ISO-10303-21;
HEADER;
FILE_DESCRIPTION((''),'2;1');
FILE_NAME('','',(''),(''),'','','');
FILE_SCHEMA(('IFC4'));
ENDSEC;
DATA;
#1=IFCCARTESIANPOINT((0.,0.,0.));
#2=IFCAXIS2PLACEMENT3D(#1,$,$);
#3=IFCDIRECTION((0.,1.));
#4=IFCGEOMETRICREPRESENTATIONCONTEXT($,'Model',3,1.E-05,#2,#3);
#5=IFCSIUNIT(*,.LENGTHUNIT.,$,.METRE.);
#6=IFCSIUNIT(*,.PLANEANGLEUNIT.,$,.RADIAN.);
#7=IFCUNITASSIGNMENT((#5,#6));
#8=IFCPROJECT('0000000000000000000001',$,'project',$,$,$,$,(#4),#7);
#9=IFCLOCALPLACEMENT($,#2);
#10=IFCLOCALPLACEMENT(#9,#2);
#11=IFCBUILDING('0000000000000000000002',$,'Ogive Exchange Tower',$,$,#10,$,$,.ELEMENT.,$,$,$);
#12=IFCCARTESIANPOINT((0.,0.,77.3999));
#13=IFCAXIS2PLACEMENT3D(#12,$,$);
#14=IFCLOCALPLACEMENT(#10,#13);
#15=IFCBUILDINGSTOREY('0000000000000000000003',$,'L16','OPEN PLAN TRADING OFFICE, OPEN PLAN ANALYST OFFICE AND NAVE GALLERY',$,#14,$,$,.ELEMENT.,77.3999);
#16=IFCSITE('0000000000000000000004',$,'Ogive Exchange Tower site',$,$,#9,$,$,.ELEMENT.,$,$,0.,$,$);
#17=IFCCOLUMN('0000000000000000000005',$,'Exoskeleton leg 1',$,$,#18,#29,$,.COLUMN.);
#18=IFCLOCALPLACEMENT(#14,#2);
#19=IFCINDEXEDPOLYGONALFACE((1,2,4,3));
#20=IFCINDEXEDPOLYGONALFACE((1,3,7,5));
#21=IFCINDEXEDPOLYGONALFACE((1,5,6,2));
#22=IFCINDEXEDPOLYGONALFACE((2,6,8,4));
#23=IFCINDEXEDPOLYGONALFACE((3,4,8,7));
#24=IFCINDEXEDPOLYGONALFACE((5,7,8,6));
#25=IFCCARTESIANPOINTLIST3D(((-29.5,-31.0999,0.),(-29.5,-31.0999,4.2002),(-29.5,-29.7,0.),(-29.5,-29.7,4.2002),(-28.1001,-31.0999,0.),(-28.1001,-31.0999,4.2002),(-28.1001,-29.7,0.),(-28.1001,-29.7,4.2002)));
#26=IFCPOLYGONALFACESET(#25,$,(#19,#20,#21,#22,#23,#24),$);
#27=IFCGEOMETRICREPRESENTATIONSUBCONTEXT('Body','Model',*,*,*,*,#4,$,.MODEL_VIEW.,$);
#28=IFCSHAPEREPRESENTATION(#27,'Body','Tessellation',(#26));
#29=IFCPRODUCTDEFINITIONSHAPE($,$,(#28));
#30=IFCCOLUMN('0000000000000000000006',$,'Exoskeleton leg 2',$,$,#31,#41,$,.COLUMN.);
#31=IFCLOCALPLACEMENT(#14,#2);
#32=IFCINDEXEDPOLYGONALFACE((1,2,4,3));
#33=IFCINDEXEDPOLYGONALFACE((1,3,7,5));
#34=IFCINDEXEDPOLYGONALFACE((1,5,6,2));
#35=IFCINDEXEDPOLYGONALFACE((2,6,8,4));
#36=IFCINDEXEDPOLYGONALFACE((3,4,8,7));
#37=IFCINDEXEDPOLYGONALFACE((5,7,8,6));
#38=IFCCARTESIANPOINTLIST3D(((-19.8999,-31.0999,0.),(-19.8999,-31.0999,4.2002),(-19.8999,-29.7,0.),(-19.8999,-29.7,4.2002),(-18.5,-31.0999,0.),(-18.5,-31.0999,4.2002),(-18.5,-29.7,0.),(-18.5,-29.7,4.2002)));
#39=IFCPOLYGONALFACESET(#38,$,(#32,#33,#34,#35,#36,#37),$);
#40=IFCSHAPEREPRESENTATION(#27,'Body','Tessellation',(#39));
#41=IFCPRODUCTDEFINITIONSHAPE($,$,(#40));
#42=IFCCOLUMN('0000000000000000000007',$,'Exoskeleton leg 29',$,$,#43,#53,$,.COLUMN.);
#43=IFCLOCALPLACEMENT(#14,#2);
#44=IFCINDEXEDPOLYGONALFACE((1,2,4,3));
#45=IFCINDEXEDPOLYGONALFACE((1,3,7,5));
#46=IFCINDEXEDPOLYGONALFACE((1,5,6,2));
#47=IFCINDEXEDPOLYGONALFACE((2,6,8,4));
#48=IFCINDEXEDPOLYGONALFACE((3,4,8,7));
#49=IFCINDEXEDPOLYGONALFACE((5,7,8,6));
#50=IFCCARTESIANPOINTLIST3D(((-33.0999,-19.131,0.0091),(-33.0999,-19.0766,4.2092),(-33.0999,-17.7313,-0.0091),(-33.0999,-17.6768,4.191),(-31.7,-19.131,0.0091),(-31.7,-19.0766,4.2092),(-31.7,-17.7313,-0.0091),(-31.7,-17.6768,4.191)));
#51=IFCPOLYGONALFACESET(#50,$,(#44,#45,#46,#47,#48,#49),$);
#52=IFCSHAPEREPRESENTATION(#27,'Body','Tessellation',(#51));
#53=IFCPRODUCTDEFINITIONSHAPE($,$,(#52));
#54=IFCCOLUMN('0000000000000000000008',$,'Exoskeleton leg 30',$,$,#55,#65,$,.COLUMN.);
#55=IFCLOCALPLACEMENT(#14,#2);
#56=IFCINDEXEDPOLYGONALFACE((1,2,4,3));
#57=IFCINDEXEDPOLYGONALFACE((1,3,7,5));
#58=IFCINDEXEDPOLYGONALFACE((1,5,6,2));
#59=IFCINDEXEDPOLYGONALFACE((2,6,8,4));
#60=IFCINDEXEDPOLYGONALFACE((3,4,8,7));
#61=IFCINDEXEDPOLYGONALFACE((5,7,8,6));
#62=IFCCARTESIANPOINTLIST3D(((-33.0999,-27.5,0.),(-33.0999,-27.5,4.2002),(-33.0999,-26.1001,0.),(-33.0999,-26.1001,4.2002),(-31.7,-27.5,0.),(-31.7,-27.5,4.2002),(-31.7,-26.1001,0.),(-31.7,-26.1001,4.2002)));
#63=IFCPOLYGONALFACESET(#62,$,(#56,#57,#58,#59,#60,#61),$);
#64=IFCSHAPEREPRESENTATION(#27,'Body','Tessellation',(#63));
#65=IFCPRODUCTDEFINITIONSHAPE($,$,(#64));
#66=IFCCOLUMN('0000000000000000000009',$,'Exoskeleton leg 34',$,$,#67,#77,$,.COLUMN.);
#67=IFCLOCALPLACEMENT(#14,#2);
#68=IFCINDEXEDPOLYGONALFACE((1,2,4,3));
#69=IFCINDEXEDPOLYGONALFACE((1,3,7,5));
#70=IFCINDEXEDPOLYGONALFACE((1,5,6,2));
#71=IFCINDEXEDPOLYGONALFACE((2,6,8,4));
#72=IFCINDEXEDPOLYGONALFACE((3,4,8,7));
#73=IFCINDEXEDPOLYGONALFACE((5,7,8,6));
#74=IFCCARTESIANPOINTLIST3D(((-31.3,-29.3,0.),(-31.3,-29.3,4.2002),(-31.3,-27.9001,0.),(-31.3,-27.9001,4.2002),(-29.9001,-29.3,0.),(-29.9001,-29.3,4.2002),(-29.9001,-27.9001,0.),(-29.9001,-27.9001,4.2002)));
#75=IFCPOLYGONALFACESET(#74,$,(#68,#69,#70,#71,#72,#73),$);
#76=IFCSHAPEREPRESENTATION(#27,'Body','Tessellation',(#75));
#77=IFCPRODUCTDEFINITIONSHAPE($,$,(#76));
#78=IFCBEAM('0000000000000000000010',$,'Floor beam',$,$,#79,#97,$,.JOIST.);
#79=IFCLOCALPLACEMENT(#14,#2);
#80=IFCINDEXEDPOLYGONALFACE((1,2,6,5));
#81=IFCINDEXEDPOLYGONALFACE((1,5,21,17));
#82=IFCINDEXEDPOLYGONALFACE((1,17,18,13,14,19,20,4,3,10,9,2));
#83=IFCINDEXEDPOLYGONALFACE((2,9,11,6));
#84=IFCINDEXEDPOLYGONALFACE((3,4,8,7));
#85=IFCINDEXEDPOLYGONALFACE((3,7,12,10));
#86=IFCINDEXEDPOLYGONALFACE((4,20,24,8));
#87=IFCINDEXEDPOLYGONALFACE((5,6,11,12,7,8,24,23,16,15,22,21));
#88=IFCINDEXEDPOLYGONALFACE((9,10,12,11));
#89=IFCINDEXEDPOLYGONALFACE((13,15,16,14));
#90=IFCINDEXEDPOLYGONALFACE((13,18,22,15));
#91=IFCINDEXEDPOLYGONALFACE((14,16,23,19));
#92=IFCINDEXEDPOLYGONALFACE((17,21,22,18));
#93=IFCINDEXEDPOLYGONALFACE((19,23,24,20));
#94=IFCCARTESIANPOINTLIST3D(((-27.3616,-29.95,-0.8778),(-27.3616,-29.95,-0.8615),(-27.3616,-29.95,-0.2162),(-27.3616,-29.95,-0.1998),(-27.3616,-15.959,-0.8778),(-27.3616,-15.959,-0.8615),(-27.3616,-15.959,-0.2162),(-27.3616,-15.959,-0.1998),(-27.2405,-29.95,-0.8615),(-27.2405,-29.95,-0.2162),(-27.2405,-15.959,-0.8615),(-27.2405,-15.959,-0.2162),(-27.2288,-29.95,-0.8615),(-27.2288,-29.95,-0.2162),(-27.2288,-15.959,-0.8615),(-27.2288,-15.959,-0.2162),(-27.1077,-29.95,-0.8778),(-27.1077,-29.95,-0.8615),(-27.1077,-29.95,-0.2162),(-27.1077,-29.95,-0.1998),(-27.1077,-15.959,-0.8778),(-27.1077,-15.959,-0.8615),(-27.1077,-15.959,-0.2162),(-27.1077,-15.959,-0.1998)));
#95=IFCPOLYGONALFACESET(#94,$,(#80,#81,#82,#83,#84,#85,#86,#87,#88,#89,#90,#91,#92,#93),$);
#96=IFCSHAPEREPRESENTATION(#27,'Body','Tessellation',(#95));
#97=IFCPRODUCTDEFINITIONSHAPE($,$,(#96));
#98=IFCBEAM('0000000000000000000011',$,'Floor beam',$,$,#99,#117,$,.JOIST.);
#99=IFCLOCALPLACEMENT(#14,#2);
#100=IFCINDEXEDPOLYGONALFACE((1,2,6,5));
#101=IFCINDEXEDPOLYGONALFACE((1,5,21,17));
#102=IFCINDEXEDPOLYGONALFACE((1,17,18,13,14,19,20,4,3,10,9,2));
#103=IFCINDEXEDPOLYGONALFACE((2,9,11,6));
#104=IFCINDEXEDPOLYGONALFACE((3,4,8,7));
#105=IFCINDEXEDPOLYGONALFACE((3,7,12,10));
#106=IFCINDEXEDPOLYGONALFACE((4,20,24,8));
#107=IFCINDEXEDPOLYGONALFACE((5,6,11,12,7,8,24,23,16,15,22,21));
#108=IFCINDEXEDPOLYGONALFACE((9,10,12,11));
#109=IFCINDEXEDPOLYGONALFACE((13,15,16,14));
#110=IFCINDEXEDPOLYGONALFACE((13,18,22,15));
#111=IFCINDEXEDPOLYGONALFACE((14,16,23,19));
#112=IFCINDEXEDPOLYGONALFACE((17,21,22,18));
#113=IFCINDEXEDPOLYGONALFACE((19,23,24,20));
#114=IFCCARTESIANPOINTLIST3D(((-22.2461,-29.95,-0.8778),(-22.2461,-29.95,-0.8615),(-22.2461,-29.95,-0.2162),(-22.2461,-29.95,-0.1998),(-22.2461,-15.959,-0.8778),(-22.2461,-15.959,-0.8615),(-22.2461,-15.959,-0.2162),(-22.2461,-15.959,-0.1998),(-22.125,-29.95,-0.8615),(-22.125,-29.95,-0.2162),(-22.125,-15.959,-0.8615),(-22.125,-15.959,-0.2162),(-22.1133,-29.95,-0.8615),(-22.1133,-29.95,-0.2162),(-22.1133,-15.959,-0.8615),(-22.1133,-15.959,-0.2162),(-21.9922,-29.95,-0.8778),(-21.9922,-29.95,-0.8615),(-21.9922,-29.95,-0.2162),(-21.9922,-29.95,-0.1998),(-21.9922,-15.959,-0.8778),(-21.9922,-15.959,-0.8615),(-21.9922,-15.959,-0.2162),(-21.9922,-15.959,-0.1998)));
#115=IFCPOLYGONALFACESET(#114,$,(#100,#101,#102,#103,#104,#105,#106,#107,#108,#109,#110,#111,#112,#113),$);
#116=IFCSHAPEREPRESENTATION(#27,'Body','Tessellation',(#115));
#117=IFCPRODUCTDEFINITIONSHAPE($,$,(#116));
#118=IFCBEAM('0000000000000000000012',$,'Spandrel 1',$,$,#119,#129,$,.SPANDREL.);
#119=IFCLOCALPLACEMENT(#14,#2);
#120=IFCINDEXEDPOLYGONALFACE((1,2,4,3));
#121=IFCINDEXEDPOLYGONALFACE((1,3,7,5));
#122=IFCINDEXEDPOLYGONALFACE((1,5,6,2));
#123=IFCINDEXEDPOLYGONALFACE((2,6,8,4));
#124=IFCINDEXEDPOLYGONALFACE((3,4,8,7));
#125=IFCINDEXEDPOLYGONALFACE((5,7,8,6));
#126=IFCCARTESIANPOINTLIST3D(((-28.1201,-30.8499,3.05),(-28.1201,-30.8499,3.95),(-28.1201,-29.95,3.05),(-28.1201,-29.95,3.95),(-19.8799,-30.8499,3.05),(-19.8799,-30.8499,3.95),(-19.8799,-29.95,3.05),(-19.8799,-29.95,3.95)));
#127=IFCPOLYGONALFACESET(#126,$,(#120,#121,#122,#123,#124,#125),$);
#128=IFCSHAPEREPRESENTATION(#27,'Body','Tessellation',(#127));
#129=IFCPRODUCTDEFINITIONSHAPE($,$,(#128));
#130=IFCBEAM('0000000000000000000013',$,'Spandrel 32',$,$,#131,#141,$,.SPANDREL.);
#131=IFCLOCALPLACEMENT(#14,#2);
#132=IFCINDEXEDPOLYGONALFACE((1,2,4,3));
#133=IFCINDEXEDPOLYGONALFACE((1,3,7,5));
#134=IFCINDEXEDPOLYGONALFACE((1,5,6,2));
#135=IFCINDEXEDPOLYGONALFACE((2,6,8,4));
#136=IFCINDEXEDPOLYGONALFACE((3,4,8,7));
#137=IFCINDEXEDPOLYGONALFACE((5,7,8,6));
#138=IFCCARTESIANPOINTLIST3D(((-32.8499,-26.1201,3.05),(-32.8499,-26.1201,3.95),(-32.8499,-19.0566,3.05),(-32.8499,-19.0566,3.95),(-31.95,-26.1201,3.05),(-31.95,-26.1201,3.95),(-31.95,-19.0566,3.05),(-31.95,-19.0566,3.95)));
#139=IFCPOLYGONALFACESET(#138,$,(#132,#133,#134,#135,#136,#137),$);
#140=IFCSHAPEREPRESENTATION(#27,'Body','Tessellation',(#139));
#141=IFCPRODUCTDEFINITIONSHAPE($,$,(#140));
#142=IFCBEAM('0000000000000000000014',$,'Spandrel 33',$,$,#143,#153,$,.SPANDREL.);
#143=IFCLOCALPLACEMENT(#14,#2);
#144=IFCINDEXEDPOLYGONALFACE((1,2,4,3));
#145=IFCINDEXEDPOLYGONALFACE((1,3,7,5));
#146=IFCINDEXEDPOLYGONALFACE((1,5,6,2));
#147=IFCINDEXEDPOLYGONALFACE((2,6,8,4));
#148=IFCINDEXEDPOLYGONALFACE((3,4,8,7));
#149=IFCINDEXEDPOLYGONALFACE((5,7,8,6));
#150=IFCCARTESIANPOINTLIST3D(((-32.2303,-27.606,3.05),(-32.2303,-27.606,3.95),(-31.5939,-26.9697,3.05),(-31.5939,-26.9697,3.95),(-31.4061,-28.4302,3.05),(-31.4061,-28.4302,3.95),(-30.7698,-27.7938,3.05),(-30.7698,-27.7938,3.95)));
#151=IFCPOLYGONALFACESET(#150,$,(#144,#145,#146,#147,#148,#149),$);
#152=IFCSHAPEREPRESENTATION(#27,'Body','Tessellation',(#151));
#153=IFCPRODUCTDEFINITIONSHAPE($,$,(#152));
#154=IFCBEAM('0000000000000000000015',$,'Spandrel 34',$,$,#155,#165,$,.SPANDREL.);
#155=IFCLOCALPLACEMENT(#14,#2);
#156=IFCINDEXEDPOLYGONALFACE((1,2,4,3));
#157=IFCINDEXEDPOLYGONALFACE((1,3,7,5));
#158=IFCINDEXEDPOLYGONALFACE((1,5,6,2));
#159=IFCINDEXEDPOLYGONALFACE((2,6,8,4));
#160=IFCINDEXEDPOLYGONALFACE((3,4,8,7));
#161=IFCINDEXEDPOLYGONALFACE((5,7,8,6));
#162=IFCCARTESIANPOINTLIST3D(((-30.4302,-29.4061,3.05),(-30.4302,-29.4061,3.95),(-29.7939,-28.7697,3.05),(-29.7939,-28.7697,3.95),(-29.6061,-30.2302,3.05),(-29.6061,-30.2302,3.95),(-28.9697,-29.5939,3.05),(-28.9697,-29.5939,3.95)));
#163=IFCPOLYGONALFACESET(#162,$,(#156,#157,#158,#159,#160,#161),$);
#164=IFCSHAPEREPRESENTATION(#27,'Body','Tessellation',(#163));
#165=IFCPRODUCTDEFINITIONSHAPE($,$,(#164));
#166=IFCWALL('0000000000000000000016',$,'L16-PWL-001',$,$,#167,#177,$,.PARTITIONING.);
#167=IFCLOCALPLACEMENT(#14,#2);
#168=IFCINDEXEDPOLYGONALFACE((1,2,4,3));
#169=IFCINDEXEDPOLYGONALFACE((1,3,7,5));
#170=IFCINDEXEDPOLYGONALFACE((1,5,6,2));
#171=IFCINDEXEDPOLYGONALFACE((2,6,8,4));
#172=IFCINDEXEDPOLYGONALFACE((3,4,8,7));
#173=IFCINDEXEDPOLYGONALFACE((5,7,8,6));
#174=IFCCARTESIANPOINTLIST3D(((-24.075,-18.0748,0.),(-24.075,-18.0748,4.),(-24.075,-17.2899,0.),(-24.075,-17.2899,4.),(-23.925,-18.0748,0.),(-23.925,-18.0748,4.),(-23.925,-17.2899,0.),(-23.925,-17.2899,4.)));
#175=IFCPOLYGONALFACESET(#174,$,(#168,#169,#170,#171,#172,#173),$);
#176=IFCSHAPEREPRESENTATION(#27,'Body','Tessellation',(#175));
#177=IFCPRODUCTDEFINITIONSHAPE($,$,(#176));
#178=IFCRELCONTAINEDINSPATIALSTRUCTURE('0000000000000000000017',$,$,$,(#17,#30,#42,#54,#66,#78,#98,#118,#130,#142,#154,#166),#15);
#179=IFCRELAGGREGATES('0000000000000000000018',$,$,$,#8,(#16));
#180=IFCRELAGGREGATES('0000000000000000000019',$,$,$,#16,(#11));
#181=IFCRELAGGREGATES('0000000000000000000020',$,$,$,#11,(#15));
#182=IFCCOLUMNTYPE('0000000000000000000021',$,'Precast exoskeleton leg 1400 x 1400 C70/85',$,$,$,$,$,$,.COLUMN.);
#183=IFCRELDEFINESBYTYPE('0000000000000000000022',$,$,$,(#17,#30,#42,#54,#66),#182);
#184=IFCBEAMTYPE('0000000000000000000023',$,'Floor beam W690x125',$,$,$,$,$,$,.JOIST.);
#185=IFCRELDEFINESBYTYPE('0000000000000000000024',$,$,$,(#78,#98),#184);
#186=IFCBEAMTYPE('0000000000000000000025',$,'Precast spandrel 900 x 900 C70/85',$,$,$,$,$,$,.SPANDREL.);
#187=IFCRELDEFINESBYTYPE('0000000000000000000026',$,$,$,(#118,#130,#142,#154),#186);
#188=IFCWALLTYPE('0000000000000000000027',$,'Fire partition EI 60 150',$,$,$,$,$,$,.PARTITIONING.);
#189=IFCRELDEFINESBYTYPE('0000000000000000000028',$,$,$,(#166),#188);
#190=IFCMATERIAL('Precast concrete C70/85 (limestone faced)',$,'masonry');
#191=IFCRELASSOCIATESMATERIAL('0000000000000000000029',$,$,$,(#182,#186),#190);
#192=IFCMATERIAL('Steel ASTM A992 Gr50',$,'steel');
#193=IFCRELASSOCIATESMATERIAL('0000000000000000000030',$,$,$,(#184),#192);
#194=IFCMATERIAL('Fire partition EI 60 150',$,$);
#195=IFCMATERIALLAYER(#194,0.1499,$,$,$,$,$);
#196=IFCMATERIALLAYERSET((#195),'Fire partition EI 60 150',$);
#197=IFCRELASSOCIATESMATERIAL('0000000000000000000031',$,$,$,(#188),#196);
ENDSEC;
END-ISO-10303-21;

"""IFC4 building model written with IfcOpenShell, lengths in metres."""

from ifc_helpers import new_model, si_unit, direction, frame, frame_2d, origin, origin_2d, place, context, subcontext, project, spatial, rectangle, i_section, extrude, material, layer, layer_set, material_profile, profile_set, type_object, element, save


model = new_model("IFC4")

# Units and contexts
model_context = context("Model", 3, precision=1e-05, world=origin(), true_north=direction((0.0, 1.0)))
body_context = subcontext(model_context, "Body", "Model", "MODEL_VIEW")
ifc_project = project(units=[si_unit("LENGTHUNIT", "METRE"), si_unit("PLANEANGLEUNIT", "RADIAN")], contexts=[model_context])

# Site, building, storey
site_placement = place(None, origin())
site = spatial("IfcSite", under=ifc_project, at=site_placement, Name="Ogive Exchange Tower site", CompositionType="ELEMENT", RefElevation=0.0)
building_placement = place(site_placement, origin())
building = spatial("IfcBuilding", under=site, at=building_placement, Name="Ogive Exchange Tower", CompositionType="ELEMENT")
storey_placement = place(building_placement, frame((0.0, 0.0, 77.3999)))
storey = spatial("IfcBuildingStorey", under=building, at=storey_placement, Name="L16", Description="OPEN PLAN TRADING OFFICE, OPEN PLAN ANALYST OFFICE AND NAVE GALLERY", CompositionType="ELEMENT", Elevation=77.3999)

# Columns
ifc_material_1 = material(Name="Precast concrete C70/85 (limestone faced)", Category="masonry")
ifc_material_profile_1 = material_profile(ifc_material_1, rectangle(XDim=1.3999, YDim=1.3999, at=origin_2d()), Name="1400 x 1400")
ifc_profile_set_1 = profile_set([ifc_material_profile_1], Name="Precast concrete C70/85 (limestone faced)")
column_type = type_object("IfcColumnType", Name="Precast exoskeleton leg 1400 x 1400 C70/85", PredefinedType="COLUMN", material=ifc_profile_set_1)
for number, where, z_axis, x_axis, name in (
    (1, (-28.8, -30.3999, 0.0), (0.0, 0.0, 1.0), (1.0, 0.0, 0.0), "Exoskeleton leg 1"),
    (2, (-19.2, -30.3999, 0.0), (0.0, 0.0, 1.0), (1.0, 0.0, 0.0), "Exoskeleton leg 2"),
):
    element("IfcColumn", number, at=place(storey_placement, frame(where, z_axis=z_axis, x_axis=x_axis)), inside=storey, type_object=column_type, Name=name, PredefinedType="COLUMN", context=body_context, shape_type="SweptSolid", body=[
        extrude(rectangle(XDim=1.3999, YDim=1.3999, at=origin_2d()), origin(), (0.0, 0.0, 1.0), 4.2002),
    ])
column_placement = place(storey_placement, frame((-32.3999, -18.4312, 0.0), z_axis=(0.0, 0.012961, 0.999916), x_axis=(-1.0, 0.0, 0.0)))
element("IfcColumn", 3, at=column_placement, inside=storey, type_object=column_type, Name="Exoskeleton leg 29", PredefinedType="COLUMN", context=body_context, shape_type="SweptSolid", body=[
    extrude(rectangle(XDim=1.3999, YDim=1.3999, at=origin_2d()), origin(), (0.0, 0.0, 1.0), 4.2004),
])
for number, where, z_axis, x_axis, name in (
    (4, (-32.3999, -26.8, 0.0), (0.0, 0.0, 1.0), (1.0, 0.0, 0.0), "Exoskeleton leg 30"),
    (5, (-30.6001, -28.6001, 0.0), (0.0, 0.0, 1.0), (1.0, 0.0, 0.0), "Exoskeleton leg 34"),
):
    element("IfcColumn", number, at=place(storey_placement, frame(where, z_axis=z_axis, x_axis=x_axis)), inside=storey, type_object=column_type, Name=name, PredefinedType="COLUMN", context=body_context, shape_type="SweptSolid", body=[
        extrude(rectangle(XDim=1.3999, YDim=1.3999, at=origin_2d()), origin(), (0.0, 0.0, 1.0), 4.2002),
    ])

# Beams
ifc_material_2 = material(Name="Steel ASTM A992 Gr50", Category="steel")
ifc_material_profile_2 = material_profile(ifc_material_2, i_section(OverallWidth=0.2539, OverallDepth=0.678, WebThickness=0.0117, FlangeThickness=0.0164, at=origin_2d()), Name="W690x125")
ifc_profile_set_2 = profile_set([ifc_material_profile_2], Name="Steel ASTM A992 Gr50")
beam_type_1 = type_object("IfcBeamType", Name="Floor beam W690x125", PredefinedType="JOIST", material=ifc_profile_set_2)
for number, where, z_axis, x_axis, name in (
    (6, (-27.2346, -29.95, -0.5388), (0.0, 1.0, 0.0), (-1.0, 0.0, 0.0), "Floor beam"),
    (7, (-22.1191, -29.95, -0.5388), (0.0, 1.0, 0.0), (-1.0, 0.0, 0.0), "Floor beam"),
):
    element("IfcBeam", number, at=place(storey_placement, frame(where, z_axis=z_axis, x_axis=x_axis)), inside=storey, type_object=beam_type_1, Name=name, PredefinedType="JOIST", context=body_context, shape_type="SweptSolid", body=[
        extrude(i_section(OverallWidth=0.2539, OverallDepth=0.678, WebThickness=0.0117, FlangeThickness=0.0164, at=origin_2d()), origin(), (0.0, 0.0, 1.0), 13.991),
    ])
ifc_material_profile_3 = material_profile(ifc_material_1, rectangle(XDim=0.8999, YDim=0.8999, at=origin_2d()), Name="900 x 900")
ifc_profile_set_3 = profile_set([ifc_material_profile_3], Name="Precast concrete C70/85 (limestone faced)")
beam_type_2 = type_object("IfcBeamType", Name="Precast spandrel 900 x 900 C70/85", PredefinedType="SPANDREL", material=ifc_profile_set_3)
beam_1_placement = place(storey_placement, frame((-28.1201, -30.3999, 3.5), z_axis=(1.0, 0.0, 0.0), x_axis=(0.0, 1.0, 0.0)))
element("IfcBeam", 8, at=beam_1_placement, inside=storey, type_object=beam_type_2, Name="Spandrel 1", PredefinedType="SPANDREL", context=body_context, shape_type="SweptSolid", body=[
    extrude(rectangle(XDim=0.8999, YDim=0.8999, at=origin_2d()), origin(), (0.0, 0.0, 1.0), 8.2402),
])
beam_2_placement = place(storey_placement, frame((-32.3999, -19.0566, 3.5), z_axis=(0.0, -1.0, 0.0), x_axis=(1.0, 0.0, 0.0)))
element("IfcBeam", 9, at=beam_2_placement, inside=storey, type_object=beam_type_2, Name="Spandrel 32", PredefinedType="SPANDREL", context=body_context, shape_type="SweptSolid", body=[
    extrude(rectangle(XDim=0.8999, YDim=0.8999, at=origin_2d()), origin(), (0.0, 0.0, 1.0), 7.0635),
])
for number, where, z_axis, x_axis, name in (
    (10, (-31.9121, -27.2878, 3.5), (0.707107, -0.707107, 0.0), (0.707107, 0.707107, 0.0), "Spandrel 33"),
    (11, (-30.1121, -29.0879, 3.5), (0.707107, -0.707107, 0.0), (0.707107, 0.707107, 0.0), "Spandrel 34"),
):
    element("IfcBeam", number, at=place(storey_placement, frame(where, z_axis=z_axis, x_axis=x_axis)), inside=storey, type_object=beam_type_2, Name=name, PredefinedType="SPANDREL", context=body_context, shape_type="SweptSolid", body=[
        extrude(rectangle(XDim=0.8999, YDim=0.8999, at=origin_2d()), origin(), (0.0, 0.0, 1.0), 1.1655),
    ])

# Wall
ifc_material_3 = material(Name="Fire partition EI 60 150")
ifc_layer_1 = layer(ifc_material_3, 0.1499)
ifc_layer_set_1 = layer_set([ifc_layer_1], Name="Fire partition EI 60 150")
wall_type_1 = type_object("IfcWallType", Name="Fire partition EI 60 150", PredefinedType="PARTITIONING", material=ifc_layer_set_1)
wall_1_placement = place(storey_placement, frame((-24.0, -18.075, 0.0), z_axis=(0.0, 0.0, 1.0), x_axis=(0.0, 1.0, 0.0)))
element("IfcWall", 12, at=wall_1_placement, inside=storey, type_object=wall_type_1, Name="L16-PWL-001", PredefinedType="PARTITIONING", context=body_context, shape_type="SweptSolid", body=[
    extrude(rectangle(XDim=0.7849, YDim=0.1499, at=frame_2d((0.3926, 0.0))), origin(), (0.0, 0.0, 1.0), 4.0),
])

save(model, "model.ifc")
